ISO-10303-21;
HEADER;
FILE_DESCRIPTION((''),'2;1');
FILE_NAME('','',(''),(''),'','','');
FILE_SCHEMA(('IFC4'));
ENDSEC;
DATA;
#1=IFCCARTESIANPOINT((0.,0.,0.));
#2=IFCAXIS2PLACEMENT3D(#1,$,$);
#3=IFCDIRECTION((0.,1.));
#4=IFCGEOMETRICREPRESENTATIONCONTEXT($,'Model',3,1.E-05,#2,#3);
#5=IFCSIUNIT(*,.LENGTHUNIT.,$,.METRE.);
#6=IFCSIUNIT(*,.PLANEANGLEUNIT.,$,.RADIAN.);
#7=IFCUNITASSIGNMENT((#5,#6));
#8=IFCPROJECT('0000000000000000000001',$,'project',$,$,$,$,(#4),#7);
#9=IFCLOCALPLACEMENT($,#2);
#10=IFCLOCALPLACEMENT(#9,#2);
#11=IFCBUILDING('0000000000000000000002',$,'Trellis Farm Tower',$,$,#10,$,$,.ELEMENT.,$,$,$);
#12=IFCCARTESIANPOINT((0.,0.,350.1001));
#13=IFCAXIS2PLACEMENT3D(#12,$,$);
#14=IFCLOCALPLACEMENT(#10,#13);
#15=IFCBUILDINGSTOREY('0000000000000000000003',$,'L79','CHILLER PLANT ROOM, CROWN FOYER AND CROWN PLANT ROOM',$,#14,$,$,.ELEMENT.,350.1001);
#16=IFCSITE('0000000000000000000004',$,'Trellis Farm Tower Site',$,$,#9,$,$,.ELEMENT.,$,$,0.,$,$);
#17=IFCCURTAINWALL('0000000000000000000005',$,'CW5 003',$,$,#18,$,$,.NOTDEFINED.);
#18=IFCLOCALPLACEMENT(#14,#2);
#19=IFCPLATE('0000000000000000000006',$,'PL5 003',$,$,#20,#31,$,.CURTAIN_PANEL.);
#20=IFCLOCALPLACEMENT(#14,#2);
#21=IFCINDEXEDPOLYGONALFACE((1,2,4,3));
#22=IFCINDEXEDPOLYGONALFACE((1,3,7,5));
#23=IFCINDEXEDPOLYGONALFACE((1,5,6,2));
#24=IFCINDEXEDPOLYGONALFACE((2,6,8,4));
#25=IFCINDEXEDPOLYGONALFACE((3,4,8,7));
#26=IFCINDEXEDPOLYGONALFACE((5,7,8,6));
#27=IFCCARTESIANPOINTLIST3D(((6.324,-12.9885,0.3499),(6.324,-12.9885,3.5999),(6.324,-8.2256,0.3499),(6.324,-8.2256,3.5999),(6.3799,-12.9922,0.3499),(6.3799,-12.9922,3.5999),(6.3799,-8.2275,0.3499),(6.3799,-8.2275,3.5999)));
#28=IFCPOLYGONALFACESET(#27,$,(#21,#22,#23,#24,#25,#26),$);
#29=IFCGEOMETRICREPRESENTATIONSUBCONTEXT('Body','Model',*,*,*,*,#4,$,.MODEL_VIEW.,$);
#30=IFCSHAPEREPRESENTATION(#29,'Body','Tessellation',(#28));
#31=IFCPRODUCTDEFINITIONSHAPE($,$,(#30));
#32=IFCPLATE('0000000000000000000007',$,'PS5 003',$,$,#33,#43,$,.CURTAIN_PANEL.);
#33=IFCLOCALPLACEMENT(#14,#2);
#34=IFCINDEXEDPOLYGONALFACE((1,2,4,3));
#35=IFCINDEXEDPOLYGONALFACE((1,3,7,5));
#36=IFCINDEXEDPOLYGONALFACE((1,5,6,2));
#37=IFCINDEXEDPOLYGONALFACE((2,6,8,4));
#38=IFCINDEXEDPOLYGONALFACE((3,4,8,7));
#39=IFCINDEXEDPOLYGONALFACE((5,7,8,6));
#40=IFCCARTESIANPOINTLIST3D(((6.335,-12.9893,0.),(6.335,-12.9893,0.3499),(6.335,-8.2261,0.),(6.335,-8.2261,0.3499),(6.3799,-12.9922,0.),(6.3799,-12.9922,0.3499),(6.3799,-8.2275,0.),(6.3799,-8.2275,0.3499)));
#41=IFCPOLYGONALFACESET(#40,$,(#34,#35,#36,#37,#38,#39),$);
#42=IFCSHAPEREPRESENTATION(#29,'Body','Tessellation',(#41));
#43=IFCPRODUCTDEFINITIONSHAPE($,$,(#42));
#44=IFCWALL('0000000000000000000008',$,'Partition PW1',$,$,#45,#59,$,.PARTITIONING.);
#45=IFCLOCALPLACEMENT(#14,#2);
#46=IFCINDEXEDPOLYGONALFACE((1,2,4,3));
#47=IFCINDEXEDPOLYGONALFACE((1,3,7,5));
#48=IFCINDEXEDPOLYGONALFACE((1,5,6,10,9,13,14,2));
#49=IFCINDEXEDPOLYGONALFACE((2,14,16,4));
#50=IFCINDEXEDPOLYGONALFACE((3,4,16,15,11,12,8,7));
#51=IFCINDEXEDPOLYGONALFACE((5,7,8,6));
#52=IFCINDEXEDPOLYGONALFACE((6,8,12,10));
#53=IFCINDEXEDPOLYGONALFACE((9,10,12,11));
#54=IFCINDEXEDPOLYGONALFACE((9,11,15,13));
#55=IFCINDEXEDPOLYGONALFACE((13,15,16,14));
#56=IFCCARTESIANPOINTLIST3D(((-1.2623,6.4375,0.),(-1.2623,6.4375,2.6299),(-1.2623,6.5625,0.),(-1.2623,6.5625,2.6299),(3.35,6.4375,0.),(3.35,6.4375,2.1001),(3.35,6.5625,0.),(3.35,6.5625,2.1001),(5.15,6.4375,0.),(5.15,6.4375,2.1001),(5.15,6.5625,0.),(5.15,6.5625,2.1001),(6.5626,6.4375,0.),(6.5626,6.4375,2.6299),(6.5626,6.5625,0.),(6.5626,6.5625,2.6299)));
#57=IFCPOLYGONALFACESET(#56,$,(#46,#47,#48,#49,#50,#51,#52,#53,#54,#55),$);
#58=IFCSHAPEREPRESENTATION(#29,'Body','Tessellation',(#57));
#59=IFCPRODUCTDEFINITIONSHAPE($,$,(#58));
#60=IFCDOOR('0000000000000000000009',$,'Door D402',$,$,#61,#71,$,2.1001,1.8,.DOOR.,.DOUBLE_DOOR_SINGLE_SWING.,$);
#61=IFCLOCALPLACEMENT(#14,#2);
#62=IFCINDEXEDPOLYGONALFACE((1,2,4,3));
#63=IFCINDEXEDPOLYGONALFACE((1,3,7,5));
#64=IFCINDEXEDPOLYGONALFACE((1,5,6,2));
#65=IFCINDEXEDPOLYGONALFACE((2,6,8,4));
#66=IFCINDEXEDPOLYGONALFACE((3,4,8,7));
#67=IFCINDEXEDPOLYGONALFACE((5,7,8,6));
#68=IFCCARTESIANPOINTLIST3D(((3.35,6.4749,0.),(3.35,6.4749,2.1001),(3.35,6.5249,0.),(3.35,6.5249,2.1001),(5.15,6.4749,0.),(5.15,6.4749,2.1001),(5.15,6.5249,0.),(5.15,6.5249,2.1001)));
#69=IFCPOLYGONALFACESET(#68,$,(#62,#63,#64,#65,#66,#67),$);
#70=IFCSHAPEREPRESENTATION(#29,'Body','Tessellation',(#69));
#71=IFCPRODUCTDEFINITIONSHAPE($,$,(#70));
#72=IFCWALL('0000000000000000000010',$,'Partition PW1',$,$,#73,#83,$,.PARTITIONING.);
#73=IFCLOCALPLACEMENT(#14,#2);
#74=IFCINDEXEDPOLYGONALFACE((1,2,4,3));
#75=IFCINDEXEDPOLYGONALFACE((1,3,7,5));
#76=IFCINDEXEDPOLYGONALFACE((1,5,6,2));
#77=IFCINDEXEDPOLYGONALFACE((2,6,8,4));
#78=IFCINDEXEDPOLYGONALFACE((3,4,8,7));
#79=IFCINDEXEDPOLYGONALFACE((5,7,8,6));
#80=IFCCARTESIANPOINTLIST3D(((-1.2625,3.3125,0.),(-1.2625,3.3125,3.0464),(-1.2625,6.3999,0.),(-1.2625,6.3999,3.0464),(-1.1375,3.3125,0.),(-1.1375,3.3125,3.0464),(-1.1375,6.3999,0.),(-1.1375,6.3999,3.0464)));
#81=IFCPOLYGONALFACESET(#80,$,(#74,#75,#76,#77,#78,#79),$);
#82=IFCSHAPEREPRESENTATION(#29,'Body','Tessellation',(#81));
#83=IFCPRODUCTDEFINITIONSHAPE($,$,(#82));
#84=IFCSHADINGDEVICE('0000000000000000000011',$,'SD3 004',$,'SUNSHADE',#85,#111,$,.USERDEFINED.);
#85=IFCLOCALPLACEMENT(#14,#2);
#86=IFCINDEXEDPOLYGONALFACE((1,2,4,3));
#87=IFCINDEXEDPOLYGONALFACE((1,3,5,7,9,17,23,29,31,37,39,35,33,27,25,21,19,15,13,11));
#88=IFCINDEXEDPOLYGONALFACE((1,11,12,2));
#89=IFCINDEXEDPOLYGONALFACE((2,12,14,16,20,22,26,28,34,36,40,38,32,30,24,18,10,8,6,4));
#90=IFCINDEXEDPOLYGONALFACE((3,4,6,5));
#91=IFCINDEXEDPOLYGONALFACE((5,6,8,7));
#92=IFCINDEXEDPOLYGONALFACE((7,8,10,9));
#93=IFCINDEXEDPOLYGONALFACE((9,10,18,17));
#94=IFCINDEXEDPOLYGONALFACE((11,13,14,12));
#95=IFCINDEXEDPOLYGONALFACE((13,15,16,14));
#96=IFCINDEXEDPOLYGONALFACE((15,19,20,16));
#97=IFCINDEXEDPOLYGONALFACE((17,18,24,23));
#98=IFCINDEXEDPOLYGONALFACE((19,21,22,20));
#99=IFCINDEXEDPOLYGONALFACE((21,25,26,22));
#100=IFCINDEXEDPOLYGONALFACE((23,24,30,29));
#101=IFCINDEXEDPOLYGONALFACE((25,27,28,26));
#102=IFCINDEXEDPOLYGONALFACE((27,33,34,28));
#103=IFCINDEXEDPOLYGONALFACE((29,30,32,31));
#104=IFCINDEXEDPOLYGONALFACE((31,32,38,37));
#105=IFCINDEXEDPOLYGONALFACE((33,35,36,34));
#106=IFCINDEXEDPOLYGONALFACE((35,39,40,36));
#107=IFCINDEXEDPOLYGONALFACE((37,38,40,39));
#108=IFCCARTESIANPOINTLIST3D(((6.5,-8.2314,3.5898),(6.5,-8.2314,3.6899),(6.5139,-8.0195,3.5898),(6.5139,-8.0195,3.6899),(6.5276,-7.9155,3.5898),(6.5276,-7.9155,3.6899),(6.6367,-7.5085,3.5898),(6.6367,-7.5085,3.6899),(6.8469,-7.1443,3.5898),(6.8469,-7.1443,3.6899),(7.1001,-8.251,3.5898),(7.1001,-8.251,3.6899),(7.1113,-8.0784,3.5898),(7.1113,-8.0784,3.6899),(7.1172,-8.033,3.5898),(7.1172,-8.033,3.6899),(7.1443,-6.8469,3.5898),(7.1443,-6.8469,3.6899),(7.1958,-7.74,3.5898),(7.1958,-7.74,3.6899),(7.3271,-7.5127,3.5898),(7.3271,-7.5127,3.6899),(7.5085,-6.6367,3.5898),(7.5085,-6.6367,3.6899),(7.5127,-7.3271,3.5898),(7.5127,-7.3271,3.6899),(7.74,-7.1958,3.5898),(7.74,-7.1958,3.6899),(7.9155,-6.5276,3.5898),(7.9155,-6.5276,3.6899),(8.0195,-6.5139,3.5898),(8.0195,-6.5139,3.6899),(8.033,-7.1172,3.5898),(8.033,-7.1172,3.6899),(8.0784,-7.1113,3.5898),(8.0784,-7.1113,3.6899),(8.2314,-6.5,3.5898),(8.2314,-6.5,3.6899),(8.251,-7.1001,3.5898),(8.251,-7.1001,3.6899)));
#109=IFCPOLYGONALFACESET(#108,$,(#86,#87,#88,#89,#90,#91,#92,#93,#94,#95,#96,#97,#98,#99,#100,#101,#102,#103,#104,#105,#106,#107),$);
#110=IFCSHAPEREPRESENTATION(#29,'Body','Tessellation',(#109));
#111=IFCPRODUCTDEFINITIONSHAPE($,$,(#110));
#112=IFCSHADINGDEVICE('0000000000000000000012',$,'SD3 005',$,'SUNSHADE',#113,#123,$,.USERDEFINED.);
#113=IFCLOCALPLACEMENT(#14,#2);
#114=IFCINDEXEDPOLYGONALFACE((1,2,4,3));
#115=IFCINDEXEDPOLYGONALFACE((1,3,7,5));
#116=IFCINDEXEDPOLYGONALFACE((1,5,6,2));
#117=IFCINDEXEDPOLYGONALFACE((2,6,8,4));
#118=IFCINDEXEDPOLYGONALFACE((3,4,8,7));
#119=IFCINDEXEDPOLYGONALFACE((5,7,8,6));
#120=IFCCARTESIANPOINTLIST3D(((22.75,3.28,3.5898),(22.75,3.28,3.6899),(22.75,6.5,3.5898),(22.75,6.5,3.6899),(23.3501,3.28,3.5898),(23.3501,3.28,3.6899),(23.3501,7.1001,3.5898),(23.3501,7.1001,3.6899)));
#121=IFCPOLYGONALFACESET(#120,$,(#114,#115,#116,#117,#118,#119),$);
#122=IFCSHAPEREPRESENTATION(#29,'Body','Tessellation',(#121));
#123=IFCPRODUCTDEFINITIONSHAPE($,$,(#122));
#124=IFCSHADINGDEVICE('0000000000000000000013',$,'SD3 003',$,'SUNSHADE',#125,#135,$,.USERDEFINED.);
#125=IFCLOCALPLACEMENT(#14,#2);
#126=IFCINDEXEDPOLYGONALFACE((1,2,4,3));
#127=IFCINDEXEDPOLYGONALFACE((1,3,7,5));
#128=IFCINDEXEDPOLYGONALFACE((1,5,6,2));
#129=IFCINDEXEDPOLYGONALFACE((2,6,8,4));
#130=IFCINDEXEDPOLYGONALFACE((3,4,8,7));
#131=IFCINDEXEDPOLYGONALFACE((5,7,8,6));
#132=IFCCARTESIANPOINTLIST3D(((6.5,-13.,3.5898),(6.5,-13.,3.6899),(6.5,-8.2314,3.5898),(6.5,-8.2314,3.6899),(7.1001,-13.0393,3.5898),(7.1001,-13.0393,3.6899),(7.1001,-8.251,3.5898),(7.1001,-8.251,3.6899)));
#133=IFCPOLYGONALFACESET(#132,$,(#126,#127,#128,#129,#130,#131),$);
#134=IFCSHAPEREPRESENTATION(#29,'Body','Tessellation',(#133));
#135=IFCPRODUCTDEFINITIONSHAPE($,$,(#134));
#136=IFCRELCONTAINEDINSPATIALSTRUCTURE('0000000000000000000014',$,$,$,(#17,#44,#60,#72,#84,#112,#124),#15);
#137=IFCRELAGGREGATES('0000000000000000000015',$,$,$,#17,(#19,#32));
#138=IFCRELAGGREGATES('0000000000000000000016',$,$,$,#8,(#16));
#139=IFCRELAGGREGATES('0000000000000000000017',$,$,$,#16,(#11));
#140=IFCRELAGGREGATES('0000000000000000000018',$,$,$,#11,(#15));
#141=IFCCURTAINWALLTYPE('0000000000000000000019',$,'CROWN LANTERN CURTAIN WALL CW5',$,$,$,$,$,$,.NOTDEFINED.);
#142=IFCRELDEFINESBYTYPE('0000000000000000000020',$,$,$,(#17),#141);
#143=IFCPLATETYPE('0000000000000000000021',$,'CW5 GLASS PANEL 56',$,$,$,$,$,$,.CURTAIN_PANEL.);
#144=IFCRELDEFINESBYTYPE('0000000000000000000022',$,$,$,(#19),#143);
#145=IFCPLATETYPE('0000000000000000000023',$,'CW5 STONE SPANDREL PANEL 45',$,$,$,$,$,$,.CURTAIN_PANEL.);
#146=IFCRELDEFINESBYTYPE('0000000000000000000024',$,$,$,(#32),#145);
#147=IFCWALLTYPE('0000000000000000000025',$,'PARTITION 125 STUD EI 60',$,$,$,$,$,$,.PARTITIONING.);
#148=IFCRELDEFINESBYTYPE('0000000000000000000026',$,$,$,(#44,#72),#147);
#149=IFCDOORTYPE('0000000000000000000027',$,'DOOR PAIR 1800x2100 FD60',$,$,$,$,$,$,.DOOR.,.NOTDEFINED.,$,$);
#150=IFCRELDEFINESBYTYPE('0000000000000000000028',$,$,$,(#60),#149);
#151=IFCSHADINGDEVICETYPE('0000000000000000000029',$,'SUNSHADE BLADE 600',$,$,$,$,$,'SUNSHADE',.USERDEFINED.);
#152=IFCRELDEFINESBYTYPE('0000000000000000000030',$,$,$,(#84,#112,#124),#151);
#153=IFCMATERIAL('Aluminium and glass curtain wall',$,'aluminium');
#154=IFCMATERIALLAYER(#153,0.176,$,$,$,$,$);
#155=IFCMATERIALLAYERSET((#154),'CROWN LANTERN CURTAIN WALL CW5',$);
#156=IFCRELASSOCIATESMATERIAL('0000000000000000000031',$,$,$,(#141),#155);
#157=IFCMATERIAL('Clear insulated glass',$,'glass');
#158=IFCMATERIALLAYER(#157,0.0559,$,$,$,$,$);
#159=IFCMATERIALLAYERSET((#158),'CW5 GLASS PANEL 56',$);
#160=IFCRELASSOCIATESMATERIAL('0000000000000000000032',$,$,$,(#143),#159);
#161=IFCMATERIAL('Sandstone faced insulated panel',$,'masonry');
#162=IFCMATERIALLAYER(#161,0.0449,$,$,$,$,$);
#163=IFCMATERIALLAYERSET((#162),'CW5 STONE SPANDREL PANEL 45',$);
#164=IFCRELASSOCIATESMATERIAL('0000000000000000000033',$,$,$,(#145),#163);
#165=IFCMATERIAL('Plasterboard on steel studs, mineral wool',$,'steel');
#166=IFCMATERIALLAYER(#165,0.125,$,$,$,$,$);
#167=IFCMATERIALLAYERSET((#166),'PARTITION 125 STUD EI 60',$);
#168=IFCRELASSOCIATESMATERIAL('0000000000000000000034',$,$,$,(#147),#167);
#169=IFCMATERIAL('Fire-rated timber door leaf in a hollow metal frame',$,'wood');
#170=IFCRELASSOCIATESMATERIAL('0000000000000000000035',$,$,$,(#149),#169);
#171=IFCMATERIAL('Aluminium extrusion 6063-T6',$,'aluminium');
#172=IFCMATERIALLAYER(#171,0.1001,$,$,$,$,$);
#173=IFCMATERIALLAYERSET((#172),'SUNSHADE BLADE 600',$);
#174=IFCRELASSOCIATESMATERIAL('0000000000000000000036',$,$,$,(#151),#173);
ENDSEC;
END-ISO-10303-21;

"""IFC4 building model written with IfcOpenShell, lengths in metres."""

from ifc_helpers import new_model, si_unit, direction, frame, frame_2d, origin, place, context, subcontext, project, spatial, polyline, rectangle, outline, extrude, source, transform, mapped, material, layer, layer_set, type_object, element, fill, aggregate, save


model = new_model("IFC4")

# Units and contexts
model_context = context("Model", 3, precision=1e-05, world=origin(), true_north=direction((0.0, 1.0)))
body_context = subcontext(model_context, "Body", "Model", "MODEL_VIEW")
ifc_project = project(units=[si_unit("LENGTHUNIT", "METRE"), si_unit("PLANEANGLEUNIT", "RADIAN")], contexts=[model_context])

# Site, building, storey
site_placement = place(None, origin())
site = spatial("IfcSite", under=ifc_project, at=site_placement, Name="Trellis Farm Tower Site", CompositionType="ELEMENT", RefElevation=0.0)
building_placement = place(site_placement, origin())
building = spatial("IfcBuilding", under=site, at=building_placement, Name="Trellis Farm Tower", CompositionType="ELEMENT")
storey_placement = place(building_placement, frame((0.0, 0.0, 350.1001)))
storey = spatial("IfcBuildingStorey", under=building, at=storey_placement, Name="L79", Description="CHILLER PLANT ROOM, CROWN FOYER AND CROWN PLANT ROOM", CompositionType="ELEMENT", Elevation=350.1001)

# Curtain wall
ifc_material_1 = material(Name="Aluminium and glass curtain wall", Category="aluminium")
ifc_layer_1 = layer(ifc_material_1, 0.176)
ifc_layer_set_1 = layer_set([ifc_layer_1], Name="CROWN LANTERN CURTAIN WALL CW5")
curtain_wall_type = type_object("IfcCurtainWallType", Name="CROWN LANTERN CURTAIN WALL CW5", PredefinedType="NOTDEFINED", material=ifc_layer_set_1)
placement_1 = place(storey_placement, origin())
ifc_material_2 = material(Name="Aluminium extrusion 6063-T6", Category="aluminium")
curtain_wall_1 = element("IfcCurtainWall", 1, at=placement_1, inside=storey, type_object=curtain_wall_type, Name="CW5 003", PredefinedType="NOTDEFINED")

# Shared definitions
ifc_material_3 = material(Name="Clear insulated glass", Category="glass")
ifc_layer_2 = layer(ifc_material_3, 0.0559)
ifc_layer_set_2 = layer_set([ifc_layer_2], Name="CW5 GLASS PANEL 56")
plate_type_1 = type_object("IfcPlateType", Name="CW5 GLASS PANEL 56", PredefinedType="CURTAIN_PANEL", material=ifc_layer_set_2)
placement_2 = place(storey_placement, frame((0.0, 0.0, 0.3499)))
ifc_material_4 = material(Name="Sandstone faced insulated panel", Category="masonry")
ifc_layer_3 = layer(ifc_material_4, 0.0449)
ifc_layer_set_3 = layer_set([ifc_layer_3], Name="CW5 STONE SPANDREL PANEL 45")
plate_type_2 = type_object("IfcPlateType", Name="CW5 STONE SPANDREL PANEL 45", PredefinedType="CURTAIN_PANEL", material=ifc_layer_set_3)

# Plates
shared_shape_1 = source(origin(), body_context, "Body", "SweptSolid", [
    extrude(outline(polyline([(6.3799, -12.9922), (6.3799, -8.2275), (6.324, -8.2256), (6.324, -12.9885), (6.3799, -12.9922)])), origin(), (0.0, 0.0, 1.0), 3.25),
])
plate_1 = element("IfcPlate", 2, at=placement_2, type_object=plate_type_1, Name="PL5 003", PredefinedType="CURTAIN_PANEL", context=body_context, shape_type="MappedRepresentation", body=[
    mapped(shared_shape_1, transform((0.0, 0.0, 0.0))),
])
shared_shape_2 = source(origin(), body_context, "Body", "SweptSolid", [
    extrude(outline(polyline([(6.3799, -12.9922), (6.3799, -8.2275), (6.335, -8.2261), (6.335, -12.9893), (6.3799, -12.9922)])), origin(), (0.0, 0.0, 1.0), 0.3499),
])
plate_2 = element("IfcPlate", 3, at=placement_1, type_object=plate_type_2, Name="PS5 003", PredefinedType="CURTAIN_PANEL", context=body_context, shape_type="MappedRepresentation", body=[
    mapped(shared_shape_2, transform((0.0, 0.0, 0.0))),
])
aggregate(curtain_wall_1, [plate_1, plate_2])

# Wall, opening, door
ifc_material_5 = material(Name="Plasterboard on steel studs, mineral wool", Category="steel")
ifc_layer_4 = layer(ifc_material_5, 0.125)
ifc_layer_set_4 = layer_set([ifc_layer_4], Name="PARTITION 125 STUD EI 60")
wall_type = type_object("IfcWallType", Name="PARTITION 125 STUD EI 60", PredefinedType="PARTITIONING", material=ifc_layer_set_4)
wall_1_placement = place(storey_placement, frame((-1.2625, 6.5, 0.0), z_axis=(0.0, 0.0, 1.0), x_axis=(1.0, 0.0, 0.0)))
wall_1 = element("IfcWall", 4, at=wall_1_placement, inside=storey, type_object=wall_type, Name="Partition PW1", PredefinedType="PARTITIONING", context=body_context, shape_type="SweptSolid", body=[
    extrude(rectangle(XDim=7.825, YDim=0.125, at=frame_2d((3.9126, 0.0))), origin(), (0.0, 0.0, 1.0), 2.6299),
])
shared_shape_3 = source(origin(), body_context, "Body", "SweptSolid", [
    extrude(rectangle(XDim=1.8, YDim=2.1001, at=frame_2d((0.8999, 1.05))), frame((0.0, 0.0725, 0.0), z_axis=(0.0, -1.0, 0.0), x_axis=(1.0, 0.0, 0.0)), (0.0, 0.0, 1.0), 0.145),
])
opening_placement = place(wall_1_placement, frame((4.6125, 0.0, 0.0)))
opening = element("IfcOpeningElement", 5, at=opening_placement, cuts=wall_1, PredefinedType="OPENING", context=body_context, shape_type="MappedRepresentation", body=[
    mapped(shared_shape_3, transform((0.0, 0.0, 0.0))),
])
ifc_material_6 = material(Name="Fire-rated timber door leaf in a hollow metal frame", Category="wood")
door_type = type_object("IfcDoorType", Name="DOOR PAIR 1800x2100 FD60", OperationType="NOTDEFINED", PredefinedType="DOOR", material=ifc_material_6)
shared_shape_4 = source(origin(), body_context, "Body", "SweptSolid", [
    extrude(rectangle(XDim=1.8, YDim=2.1001, at=frame_2d((0.8999, 1.05))), frame((0.0, 0.0249, 0.0), z_axis=(0.0, -1.0, 0.0), x_axis=(1.0, 0.0, 0.0)), (0.0, 0.0, 1.0), 0.05),
])
door_placement = place(opening_placement, origin())
door = element("IfcDoor", 6, at=door_placement, inside=storey, type_object=door_type, Name="Door D402", OperationType="DOUBLE_DOOR_SINGLE_SWING", OverallHeight=2.1001, OverallWidth=1.8, PredefinedType="DOOR", context=body_context, shape_type="MappedRepresentation", body=[
    mapped(shared_shape_4, transform((0.0, 0.0, 0.0))),
])
fill(opening, door)

# Wall
shared_shape_5 = source(origin(), body_context, "Body", "SweptSolid", [
    extrude(rectangle(XDim=3.0874, YDim=0.125, at=frame_2d((1.5437, 0.0))), origin(), (0.0, 0.0, 1.0), 3.0464),
])
wall_2_placement = place(storey_placement, frame((-1.2, 6.3999, 0.0), z_axis=(0.0, 0.0, 1.0), x_axis=(0.0, -1.0, 0.0)))
element("IfcWall", 7, at=wall_2_placement, inside=storey, type_object=wall_type, Name="Partition PW1", PredefinedType="PARTITIONING", context=body_context, shape_type="MappedRepresentation", body=[
    mapped(shared_shape_5, transform((0.0, 0.0, 0.0))),
])

# Shading devices
ifc_layer_5 = layer(ifc_material_2, 0.1001)
ifc_layer_set_5 = layer_set([ifc_layer_5], Name="SUNSHADE BLADE 600")
shading_device_type = type_object("IfcShadingDeviceType", Name="SUNSHADE BLADE 600", ElementType="SUNSHADE", PredefinedType="USERDEFINED", material=ifc_layer_set_5)
shared_shape_6 = source(origin(), body_context, "Body", "SweptSolid", [
    extrude(outline(polyline([(7.1001, -8.251), (7.1113, -8.0784), (7.1172, -8.033), (7.1958, -7.74), (7.3271, -7.5127), (7.5127, -7.3271), (7.74, -7.1958), (8.033, -7.1172), (8.0784, -7.1113), (8.251, -7.1001), (8.2314, -6.5), (8.0195, -6.5139), (7.9155, -6.5276), (7.5085, -6.6367), (7.1443, -6.8469), (6.8469, -7.1443), (6.6367, -7.5085), (6.5276, -7.9155), (6.5139, -8.0195), (6.5, -8.2314), (7.1001, -8.251)])), origin(), (0.0, 0.0, 1.0), 0.1001),
])
placement_3 = place(storey_placement, frame((0.0, 0.0, 3.5898)))
element("IfcShadingDevice", 8, at=placement_3, inside=storey, type_object=shading_device_type, Name="SD3 004", ObjectType="SUNSHADE", PredefinedType="USERDEFINED", context=body_context, shape_type="MappedRepresentation", body=[
    mapped(shared_shape_6, transform((0.0, 0.0, 0.0))),
])
shared_shape_7 = source(origin(), body_context, "Body", "SweptSolid", [
    extrude(outline(polyline([(23.3501, 3.28), (23.3501, 7.1001), (22.75, 6.5), (22.75, 3.28), (23.3501, 3.28)])), origin(), (0.0, 0.0, 1.0), 0.1001),
])
element("IfcShadingDevice", 9, at=placement_3, inside=storey, type_object=shading_device_type, Name="SD3 005", ObjectType="SUNSHADE", PredefinedType="USERDEFINED", context=body_context, shape_type="MappedRepresentation", body=[
    mapped(shared_shape_7, transform((0.0, 0.0, 0.0))),
])
shared_shape_8 = source(origin(), body_context, "Body", "SweptSolid", [
    extrude(outline(polyline([(7.1001, -13.0393), (7.1001, -8.251), (6.5, -8.2314), (6.5, -13.0), (7.1001, -13.0393)])), origin(), (0.0, 0.0, 1.0), 0.1001),
])
element("IfcShadingDevice", 10, at=placement_3, inside=storey, type_object=shading_device_type, Name="SD3 003", ObjectType="SUNSHADE", PredefinedType="USERDEFINED", context=body_context, shape_type="MappedRepresentation", body=[
    mapped(shared_shape_8, transform((0.0, 0.0, 0.0))),
])

save(model, "model.ifc")
